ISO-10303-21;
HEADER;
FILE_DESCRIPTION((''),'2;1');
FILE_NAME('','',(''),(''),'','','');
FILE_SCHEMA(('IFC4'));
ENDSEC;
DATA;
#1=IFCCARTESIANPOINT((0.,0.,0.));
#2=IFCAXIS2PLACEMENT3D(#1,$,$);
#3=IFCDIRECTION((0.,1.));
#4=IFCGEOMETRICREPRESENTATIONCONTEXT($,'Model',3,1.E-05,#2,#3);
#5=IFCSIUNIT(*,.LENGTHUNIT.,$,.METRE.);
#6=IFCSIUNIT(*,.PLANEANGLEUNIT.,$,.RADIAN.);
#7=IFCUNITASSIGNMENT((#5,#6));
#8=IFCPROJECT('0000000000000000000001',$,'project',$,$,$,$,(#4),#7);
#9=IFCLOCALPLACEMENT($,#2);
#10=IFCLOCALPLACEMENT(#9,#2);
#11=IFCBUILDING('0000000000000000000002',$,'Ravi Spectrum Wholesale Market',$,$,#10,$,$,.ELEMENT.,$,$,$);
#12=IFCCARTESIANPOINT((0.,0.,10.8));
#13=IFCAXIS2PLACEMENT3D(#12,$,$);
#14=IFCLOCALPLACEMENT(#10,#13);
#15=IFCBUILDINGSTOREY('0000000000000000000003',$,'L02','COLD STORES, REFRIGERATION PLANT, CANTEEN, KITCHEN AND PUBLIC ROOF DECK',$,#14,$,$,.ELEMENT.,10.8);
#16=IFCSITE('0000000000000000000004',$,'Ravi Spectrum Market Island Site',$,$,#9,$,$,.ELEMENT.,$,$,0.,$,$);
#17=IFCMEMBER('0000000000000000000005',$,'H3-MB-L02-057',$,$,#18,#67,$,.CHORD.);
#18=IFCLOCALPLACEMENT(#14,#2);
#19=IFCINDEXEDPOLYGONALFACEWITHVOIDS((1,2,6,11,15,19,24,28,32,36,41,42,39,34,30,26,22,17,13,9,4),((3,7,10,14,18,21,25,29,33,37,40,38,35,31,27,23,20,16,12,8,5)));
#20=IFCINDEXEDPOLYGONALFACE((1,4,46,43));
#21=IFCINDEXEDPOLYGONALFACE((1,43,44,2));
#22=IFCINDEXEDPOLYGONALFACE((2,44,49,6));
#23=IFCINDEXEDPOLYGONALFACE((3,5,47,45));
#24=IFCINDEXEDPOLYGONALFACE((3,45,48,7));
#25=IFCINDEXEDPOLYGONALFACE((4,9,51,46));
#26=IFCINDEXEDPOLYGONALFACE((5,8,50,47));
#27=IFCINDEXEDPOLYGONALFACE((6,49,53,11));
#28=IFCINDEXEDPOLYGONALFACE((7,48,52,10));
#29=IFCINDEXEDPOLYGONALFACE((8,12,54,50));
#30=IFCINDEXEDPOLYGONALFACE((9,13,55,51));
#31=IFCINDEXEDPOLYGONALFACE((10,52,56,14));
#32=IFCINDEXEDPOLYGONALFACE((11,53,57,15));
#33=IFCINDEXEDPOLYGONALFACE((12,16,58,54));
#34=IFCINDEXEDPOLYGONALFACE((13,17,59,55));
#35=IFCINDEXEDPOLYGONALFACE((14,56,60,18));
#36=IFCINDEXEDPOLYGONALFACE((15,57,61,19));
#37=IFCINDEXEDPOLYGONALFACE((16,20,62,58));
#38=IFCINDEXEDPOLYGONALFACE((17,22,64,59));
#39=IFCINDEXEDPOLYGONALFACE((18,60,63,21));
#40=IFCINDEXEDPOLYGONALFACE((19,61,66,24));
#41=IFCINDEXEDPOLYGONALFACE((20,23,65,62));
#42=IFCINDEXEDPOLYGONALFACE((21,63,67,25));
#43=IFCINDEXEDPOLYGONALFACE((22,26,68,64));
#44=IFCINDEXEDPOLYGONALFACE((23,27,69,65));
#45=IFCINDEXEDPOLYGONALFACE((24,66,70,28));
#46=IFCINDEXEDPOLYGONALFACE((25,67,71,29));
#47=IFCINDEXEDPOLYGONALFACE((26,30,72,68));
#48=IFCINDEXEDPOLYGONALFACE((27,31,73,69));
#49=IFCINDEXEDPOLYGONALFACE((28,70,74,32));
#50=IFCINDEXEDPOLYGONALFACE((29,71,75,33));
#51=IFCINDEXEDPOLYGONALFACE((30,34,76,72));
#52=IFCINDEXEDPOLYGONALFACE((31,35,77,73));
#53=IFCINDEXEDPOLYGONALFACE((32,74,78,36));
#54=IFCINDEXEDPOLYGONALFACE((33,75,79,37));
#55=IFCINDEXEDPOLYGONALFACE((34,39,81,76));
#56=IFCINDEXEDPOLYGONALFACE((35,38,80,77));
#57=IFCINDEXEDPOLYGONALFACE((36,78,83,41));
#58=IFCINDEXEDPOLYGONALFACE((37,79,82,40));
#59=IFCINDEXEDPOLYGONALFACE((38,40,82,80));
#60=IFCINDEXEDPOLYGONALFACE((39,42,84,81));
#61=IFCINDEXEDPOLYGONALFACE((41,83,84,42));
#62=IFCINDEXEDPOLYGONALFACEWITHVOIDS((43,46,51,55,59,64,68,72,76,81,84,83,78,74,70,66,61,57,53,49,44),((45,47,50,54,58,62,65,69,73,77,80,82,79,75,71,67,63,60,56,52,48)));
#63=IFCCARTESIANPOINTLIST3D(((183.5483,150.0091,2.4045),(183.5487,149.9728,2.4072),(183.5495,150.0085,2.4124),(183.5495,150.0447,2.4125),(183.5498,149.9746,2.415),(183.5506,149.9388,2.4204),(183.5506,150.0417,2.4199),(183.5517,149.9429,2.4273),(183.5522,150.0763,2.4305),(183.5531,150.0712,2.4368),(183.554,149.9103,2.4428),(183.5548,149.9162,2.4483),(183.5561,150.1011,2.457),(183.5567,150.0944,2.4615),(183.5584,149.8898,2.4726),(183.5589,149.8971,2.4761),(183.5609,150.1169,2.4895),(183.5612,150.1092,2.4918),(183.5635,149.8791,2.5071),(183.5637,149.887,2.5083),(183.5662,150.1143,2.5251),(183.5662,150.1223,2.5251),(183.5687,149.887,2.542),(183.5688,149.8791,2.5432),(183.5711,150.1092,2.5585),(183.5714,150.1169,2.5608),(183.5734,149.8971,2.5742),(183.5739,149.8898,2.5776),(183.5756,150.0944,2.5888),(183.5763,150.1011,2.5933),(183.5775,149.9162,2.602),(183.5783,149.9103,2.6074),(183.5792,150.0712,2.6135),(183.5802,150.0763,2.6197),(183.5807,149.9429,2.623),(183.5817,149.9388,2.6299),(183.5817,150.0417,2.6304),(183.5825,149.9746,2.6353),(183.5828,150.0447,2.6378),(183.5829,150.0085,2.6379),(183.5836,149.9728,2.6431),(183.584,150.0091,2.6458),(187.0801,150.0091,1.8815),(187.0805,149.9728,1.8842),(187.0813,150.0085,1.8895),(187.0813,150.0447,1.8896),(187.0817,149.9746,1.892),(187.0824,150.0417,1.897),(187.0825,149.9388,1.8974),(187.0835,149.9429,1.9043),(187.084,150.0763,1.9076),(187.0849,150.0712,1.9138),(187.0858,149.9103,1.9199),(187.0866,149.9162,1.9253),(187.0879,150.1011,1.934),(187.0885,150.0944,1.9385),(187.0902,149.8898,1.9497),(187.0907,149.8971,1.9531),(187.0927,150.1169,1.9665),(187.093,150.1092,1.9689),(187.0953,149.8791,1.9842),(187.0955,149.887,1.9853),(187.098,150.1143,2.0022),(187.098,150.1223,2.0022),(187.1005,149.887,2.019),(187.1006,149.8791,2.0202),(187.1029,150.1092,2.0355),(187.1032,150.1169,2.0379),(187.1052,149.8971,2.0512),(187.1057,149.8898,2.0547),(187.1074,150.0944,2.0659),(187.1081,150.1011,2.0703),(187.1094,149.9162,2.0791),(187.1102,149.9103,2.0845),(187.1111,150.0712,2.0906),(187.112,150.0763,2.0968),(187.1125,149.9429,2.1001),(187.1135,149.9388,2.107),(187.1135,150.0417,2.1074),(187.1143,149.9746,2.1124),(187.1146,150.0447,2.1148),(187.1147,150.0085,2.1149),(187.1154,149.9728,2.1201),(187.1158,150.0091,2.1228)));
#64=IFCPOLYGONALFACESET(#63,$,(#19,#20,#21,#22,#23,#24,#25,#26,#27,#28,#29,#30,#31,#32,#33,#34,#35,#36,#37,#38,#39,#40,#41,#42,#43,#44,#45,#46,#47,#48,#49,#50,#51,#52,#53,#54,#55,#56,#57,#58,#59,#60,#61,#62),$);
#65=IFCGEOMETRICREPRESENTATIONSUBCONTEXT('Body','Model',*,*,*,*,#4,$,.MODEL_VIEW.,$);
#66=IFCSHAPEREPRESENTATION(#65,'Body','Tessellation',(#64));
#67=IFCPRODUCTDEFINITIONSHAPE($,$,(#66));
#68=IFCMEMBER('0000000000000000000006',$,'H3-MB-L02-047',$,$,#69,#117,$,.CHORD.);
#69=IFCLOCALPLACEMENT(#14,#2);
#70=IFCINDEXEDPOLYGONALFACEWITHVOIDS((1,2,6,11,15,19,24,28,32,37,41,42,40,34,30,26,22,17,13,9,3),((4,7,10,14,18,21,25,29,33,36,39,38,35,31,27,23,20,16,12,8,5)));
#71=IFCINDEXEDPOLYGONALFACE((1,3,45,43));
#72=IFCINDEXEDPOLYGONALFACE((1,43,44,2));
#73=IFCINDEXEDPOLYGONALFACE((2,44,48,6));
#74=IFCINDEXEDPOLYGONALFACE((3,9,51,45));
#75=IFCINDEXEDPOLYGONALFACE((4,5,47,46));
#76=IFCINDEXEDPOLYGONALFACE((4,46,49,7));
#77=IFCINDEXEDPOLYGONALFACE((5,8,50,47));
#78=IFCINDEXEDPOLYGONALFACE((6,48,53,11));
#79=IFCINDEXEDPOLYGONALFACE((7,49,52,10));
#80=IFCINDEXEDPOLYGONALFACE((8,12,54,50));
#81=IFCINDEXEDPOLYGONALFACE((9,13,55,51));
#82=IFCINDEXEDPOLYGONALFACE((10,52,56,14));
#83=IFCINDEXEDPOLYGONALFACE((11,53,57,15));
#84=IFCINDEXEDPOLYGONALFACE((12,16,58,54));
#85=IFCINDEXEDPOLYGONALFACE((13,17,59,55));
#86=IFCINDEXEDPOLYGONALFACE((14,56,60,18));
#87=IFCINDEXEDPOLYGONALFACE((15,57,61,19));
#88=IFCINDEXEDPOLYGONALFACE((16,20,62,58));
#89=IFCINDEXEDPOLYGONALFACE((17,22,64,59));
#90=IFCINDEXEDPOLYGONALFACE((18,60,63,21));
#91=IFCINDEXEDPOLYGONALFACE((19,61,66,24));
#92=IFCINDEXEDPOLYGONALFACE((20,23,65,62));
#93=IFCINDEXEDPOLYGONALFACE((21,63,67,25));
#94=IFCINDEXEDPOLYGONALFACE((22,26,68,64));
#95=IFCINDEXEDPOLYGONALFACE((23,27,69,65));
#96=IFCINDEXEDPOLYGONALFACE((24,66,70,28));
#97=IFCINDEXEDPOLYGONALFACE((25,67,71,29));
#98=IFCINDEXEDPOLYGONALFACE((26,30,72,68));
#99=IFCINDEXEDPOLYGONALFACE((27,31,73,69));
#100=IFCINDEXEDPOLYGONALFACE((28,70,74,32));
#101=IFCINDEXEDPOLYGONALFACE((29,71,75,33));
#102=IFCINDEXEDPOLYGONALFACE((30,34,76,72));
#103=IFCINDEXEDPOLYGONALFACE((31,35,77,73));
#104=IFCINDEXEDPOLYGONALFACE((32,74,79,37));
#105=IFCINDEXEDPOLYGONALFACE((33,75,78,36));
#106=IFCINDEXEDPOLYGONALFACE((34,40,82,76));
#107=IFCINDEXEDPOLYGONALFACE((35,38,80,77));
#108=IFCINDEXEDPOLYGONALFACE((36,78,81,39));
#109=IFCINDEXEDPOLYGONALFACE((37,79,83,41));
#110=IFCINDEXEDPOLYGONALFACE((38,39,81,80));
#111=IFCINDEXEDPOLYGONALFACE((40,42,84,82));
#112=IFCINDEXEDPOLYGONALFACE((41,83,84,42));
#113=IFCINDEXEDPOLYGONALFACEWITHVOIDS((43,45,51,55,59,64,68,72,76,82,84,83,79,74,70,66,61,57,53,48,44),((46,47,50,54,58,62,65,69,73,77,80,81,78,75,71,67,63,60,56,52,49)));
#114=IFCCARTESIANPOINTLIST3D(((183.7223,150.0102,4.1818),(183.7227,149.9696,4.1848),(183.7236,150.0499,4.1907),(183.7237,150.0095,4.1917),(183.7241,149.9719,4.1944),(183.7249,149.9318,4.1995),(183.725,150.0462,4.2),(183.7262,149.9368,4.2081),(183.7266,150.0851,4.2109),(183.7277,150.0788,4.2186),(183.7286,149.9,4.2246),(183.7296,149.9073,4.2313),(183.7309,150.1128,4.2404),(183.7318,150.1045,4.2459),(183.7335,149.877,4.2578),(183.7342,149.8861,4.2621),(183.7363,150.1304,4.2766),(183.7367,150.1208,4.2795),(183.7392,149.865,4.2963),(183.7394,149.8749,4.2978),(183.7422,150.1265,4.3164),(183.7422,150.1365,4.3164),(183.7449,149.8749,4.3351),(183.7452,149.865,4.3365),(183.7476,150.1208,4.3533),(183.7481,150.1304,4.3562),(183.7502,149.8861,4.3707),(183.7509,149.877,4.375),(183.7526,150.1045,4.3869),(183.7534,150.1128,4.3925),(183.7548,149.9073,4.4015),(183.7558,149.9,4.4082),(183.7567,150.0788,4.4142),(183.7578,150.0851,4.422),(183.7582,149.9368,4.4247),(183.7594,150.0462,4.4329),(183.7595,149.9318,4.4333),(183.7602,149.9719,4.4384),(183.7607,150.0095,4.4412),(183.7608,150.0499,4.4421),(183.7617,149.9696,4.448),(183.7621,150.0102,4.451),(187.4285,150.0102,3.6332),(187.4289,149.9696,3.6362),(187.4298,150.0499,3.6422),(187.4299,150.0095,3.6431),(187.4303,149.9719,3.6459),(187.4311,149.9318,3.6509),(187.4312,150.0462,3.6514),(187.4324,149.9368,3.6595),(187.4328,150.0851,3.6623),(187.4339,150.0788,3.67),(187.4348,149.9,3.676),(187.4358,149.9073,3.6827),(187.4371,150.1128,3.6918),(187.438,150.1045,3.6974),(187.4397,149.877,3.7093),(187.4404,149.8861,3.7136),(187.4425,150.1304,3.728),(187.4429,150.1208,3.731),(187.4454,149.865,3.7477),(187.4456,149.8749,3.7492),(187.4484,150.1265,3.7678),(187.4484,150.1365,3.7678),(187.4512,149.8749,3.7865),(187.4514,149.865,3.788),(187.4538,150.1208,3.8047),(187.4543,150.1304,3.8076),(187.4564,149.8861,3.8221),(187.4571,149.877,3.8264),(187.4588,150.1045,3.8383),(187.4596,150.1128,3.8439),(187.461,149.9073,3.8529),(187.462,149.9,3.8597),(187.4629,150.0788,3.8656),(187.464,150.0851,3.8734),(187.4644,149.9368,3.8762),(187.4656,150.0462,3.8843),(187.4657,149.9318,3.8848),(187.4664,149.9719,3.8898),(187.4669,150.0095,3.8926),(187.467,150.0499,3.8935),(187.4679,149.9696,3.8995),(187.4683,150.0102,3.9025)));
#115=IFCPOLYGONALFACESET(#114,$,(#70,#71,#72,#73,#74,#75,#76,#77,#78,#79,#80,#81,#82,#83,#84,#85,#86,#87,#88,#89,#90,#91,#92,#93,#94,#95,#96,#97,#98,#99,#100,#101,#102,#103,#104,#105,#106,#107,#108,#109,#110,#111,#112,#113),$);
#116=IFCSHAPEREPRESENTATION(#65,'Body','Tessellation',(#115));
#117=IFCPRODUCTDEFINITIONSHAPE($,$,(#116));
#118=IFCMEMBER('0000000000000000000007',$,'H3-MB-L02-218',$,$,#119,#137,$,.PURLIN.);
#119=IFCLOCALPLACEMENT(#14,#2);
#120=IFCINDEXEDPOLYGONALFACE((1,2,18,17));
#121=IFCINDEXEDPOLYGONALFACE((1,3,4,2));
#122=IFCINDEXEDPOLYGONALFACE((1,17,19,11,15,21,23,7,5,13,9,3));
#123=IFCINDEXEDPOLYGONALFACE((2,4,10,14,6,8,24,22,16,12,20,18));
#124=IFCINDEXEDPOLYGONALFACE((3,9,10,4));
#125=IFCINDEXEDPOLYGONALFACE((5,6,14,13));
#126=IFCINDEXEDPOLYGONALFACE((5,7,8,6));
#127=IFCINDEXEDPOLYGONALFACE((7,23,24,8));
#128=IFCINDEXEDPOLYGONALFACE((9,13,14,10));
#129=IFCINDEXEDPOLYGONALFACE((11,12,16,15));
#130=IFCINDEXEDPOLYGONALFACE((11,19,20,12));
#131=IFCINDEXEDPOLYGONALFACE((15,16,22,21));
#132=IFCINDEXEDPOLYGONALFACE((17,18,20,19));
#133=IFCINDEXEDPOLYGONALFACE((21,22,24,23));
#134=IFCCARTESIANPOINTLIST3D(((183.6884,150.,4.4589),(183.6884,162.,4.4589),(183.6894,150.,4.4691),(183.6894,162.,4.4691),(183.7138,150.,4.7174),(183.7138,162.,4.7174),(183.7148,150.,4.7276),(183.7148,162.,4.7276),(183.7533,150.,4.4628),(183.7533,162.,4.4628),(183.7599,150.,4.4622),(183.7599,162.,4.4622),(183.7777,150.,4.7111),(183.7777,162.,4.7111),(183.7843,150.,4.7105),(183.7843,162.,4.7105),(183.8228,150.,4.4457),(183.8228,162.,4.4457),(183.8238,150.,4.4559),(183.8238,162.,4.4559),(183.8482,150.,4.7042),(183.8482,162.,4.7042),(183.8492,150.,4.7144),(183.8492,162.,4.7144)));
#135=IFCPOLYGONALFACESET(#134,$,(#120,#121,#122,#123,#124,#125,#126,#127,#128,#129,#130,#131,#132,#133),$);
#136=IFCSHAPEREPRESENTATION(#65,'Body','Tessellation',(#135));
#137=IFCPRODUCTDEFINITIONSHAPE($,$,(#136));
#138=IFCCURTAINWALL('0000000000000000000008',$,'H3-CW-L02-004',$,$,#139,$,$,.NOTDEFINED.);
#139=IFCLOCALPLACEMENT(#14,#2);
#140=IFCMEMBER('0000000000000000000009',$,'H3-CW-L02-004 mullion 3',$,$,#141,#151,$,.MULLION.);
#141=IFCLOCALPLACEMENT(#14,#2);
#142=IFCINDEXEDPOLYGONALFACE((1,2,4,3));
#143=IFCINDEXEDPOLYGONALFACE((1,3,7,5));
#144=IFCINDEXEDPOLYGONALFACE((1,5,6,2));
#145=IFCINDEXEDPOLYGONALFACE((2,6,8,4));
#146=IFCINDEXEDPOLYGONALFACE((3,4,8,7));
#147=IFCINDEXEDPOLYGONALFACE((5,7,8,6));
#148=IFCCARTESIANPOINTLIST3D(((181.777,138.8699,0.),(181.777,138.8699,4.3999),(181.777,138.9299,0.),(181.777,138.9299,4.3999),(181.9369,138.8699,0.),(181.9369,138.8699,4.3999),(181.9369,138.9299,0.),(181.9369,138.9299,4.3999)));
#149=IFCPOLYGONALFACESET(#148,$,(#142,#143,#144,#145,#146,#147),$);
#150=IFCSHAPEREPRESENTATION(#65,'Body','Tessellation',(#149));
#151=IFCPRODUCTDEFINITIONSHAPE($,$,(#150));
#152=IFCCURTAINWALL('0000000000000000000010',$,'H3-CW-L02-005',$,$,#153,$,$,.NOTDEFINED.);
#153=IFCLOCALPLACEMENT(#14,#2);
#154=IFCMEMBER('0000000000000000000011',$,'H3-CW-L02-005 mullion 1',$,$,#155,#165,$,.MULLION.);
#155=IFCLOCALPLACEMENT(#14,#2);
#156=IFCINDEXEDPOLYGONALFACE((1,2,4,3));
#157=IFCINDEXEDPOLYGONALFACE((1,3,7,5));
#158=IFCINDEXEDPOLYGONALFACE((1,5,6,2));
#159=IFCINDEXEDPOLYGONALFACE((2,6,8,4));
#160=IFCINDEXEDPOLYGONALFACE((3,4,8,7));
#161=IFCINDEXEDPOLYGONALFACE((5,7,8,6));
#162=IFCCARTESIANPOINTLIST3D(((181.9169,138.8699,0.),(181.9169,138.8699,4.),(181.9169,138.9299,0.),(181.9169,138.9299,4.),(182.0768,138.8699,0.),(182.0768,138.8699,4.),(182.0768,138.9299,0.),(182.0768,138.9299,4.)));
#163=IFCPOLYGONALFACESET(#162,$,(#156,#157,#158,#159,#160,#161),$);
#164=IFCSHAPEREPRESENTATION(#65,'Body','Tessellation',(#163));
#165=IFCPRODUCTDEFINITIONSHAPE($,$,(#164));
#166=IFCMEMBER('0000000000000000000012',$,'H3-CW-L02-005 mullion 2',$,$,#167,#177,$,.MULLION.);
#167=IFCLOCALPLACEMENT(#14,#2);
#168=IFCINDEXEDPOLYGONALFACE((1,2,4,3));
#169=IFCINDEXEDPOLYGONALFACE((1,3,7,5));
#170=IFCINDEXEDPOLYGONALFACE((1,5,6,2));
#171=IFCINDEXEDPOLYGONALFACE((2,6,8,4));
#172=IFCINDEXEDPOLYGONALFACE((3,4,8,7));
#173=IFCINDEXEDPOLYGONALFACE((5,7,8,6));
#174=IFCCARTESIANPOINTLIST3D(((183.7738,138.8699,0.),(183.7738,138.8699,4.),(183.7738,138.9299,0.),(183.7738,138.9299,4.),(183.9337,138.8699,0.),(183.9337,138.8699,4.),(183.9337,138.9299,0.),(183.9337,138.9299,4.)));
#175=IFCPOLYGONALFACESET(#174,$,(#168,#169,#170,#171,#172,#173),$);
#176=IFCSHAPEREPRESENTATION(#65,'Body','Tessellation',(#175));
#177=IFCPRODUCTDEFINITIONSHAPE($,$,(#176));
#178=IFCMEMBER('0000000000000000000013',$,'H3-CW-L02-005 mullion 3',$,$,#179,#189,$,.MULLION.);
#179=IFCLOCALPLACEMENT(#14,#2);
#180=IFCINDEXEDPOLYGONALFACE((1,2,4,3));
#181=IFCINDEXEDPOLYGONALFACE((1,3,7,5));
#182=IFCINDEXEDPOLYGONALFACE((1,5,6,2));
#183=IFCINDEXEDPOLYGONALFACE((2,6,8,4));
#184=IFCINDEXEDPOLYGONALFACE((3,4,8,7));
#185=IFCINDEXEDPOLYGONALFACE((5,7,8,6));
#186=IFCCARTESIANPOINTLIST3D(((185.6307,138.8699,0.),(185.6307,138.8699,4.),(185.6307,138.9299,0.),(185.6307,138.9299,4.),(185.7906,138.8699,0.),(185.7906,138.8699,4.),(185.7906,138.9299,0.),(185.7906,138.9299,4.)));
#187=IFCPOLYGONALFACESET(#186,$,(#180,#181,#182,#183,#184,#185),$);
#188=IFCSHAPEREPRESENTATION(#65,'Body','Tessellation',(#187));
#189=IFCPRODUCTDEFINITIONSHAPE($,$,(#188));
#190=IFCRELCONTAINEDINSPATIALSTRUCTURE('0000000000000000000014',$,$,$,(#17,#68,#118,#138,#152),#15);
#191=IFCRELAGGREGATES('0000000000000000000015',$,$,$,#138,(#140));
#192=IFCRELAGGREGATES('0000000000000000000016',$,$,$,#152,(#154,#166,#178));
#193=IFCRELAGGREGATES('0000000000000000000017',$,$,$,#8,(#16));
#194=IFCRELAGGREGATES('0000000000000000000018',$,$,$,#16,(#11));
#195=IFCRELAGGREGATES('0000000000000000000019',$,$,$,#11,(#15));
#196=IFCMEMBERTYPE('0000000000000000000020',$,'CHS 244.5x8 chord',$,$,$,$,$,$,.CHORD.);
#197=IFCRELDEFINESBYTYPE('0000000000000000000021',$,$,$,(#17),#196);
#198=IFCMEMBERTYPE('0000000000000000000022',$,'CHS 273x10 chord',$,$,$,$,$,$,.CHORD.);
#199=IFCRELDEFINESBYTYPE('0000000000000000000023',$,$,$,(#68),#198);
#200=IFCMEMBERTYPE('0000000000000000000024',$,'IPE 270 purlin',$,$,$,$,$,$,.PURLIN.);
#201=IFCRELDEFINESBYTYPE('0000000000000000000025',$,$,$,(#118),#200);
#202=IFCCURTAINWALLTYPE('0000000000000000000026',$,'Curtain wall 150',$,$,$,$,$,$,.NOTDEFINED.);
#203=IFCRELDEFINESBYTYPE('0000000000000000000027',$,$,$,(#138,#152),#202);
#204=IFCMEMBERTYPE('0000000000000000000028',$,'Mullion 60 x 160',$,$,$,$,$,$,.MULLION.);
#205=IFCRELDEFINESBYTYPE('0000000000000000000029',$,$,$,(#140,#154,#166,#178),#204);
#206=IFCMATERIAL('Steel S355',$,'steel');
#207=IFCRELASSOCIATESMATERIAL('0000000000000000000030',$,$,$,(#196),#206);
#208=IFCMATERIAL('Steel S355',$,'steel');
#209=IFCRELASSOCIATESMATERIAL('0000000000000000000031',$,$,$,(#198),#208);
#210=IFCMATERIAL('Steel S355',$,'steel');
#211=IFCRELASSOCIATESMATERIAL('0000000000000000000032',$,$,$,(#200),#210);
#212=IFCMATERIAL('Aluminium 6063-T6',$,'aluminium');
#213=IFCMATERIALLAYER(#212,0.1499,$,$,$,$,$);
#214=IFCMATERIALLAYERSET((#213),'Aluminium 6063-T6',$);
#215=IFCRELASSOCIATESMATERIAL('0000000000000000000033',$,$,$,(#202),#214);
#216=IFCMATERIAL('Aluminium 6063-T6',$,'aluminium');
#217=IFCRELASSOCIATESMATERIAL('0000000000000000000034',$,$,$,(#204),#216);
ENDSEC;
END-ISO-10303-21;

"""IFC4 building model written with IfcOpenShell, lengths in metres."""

from ifc_helpers import new_model, si_unit, direction, frame, origin, origin_2d, place, context, subcontext, project, spatial, rectangle, hollow_circle, i_section, extrude, material, layer, layer_set, material_profile, profile_set, type_object, element, aggregate, save


model = new_model("IFC4")

# Units and contexts
model_context = context("Model", 3, precision=1e-05, world=origin(), true_north=direction((0.0, 1.0)))
body_context = subcontext(model_context, "Body", "Model", "MODEL_VIEW")
ifc_project = project(units=[si_unit("LENGTHUNIT", "METRE"), si_unit("PLANEANGLEUNIT", "RADIAN")], contexts=[model_context])

# Site, building, storey
site_placement = place(None, origin())
site = spatial("IfcSite", under=ifc_project, at=site_placement, Name="Ravi Spectrum Market Island Site", CompositionType="ELEMENT", RefElevation=0.0)
building_placement = place(site_placement, origin())
building = spatial("IfcBuilding", under=site, at=building_placement, Name="Ravi Spectrum Wholesale Market", CompositionType="ELEMENT")
storey_placement = place(building_placement, frame((0.0, 0.0, 10.8)))
storey = spatial("IfcBuildingStorey", under=building, at=storey_placement, Name="L02", Description="COLD STORES, REFRIGERATION PLANT, CANTEEN, KITCHEN AND PUBLIC ROOF DECK", CompositionType="ELEMENT", Elevation=10.8)

# Members
ifc_material_1 = material(Name="Steel S355", Category="steel")
ifc_material_profile_1 = material_profile(ifc_material_1, hollow_circle(Radius=0.1223, WallThickness=0.0081, at=origin_2d()))
ifc_profile_set_1 = profile_set([ifc_material_profile_1], Name="Steel S355")
member_type_1 = type_object("IfcMemberType", Name="CHS 244.5x8 chord", PredefinedType="CHORD", material=ifc_profile_set_1)
member_1_placement = place(storey_placement, frame((183.5662, 150.0, 2.5251), z_axis=(0.989214, 0.0, -0.146474), x_axis=(0.0, 1.0, 0.0)))
element("IfcMember", 1, at=member_1_placement, inside=storey, type_object=member_type_1, Name="H3-MB-L02-057", PredefinedType="CHORD", context=body_context, shape_type="SweptSolid", body=[
    extrude(hollow_circle(Radius=0.1223, WallThickness=0.0081, at=origin_2d()), origin(), (0.0, 0.0, 1.0), 3.5703),
])
ifc_material_2 = material(Name="Steel S355", Category="steel")
ifc_material_profile_2 = material_profile(ifc_material_2, hollow_circle(Radius=0.1365, WallThickness=0.01, at=origin_2d()))
ifc_profile_set_2 = profile_set([ifc_material_profile_2], Name="Steel S355")
member_type_2 = type_object("IfcMemberType", Name="CHS 273x10 chord", PredefinedType="CHORD", material=ifc_profile_set_2)
member_2_placement = place(storey_placement, frame((183.7422, 150.0, 4.3164), z_axis=(0.989223, 0.0, -0.146419), x_axis=(0.0, 1.0, 0.0)))
element("IfcMember", 2, at=member_2_placement, inside=storey, type_object=member_type_2, Name="H3-MB-L02-047", PredefinedType="CHORD", context=body_context, shape_type="SweptSolid", body=[
    extrude(hollow_circle(Radius=0.1365, WallThickness=0.01, at=origin_2d()), origin(), (0.0, 0.0, 1.0), 3.7466),
])
ifc_material_3 = material(Name="Steel S355", Category="steel")
ifc_material_profile_3 = material_profile(ifc_material_3, i_section(OverallWidth=0.135, OverallDepth=0.27, WebThickness=0.0066, FlangeThickness=0.0103, at=origin_2d()))
ifc_profile_set_3 = profile_set([ifc_material_profile_3], Name="Steel S355")
member_type_3 = type_object("IfcMemberType", Name="IPE 270 purlin", PredefinedType="PURLIN", material=ifc_profile_set_3)
member_3_placement = place(storey_placement, frame((183.7688, 150.0, 4.5867), z_axis=(0.0, 1.0, 0.0), x_axis=(-0.995203, 0.0, 0.097835)))
element("IfcMember", 3, at=member_3_placement, inside=storey, type_object=member_type_3, Name="H3-MB-L02-218", PredefinedType="PURLIN", context=body_context, shape_type="SweptSolid", body=[
    extrude(i_section(OverallWidth=0.135, OverallDepth=0.27, WebThickness=0.0066, FlangeThickness=0.0103, at=origin_2d()), origin(), (0.0, 0.0, 1.0), 12.0),
])

# Curtain wall, member
ifc_material_4 = material(Name="Aluminium 6063-T6", Category="aluminium")
ifc_layer_1 = layer(ifc_material_4, 0.1499)
ifc_layer_set_1 = layer_set([ifc_layer_1], Name="Aluminium 6063-T6")
curtain_wall_type = type_object("IfcCurtainWallType", Name="Curtain wall 150", PredefinedType="NOTDEFINED", material=ifc_layer_set_1)
curtain_wall_1_placement = place(storey_placement, origin())
curtain_wall_1 = element("IfcCurtainWall", 4, at=curtain_wall_1_placement, inside=storey, type_object=curtain_wall_type, Name="H3-CW-L02-004", PredefinedType="NOTDEFINED")
ifc_material_5 = material(Name="Aluminium 6063-T6", Category="aluminium")
ifc_material_profile_4 = material_profile(ifc_material_5, rectangle(XDim=0.0601, YDim=0.1599, at=origin_2d()))
ifc_profile_set_4 = profile_set([ifc_material_profile_4], Name="Aluminium 6063-T6")
member_type_4 = type_object("IfcMemberType", Name="Mullion 60 x 160", PredefinedType="MULLION", material=ifc_profile_set_4)
member_4_placement = place(storey_placement, frame((181.8569, 138.8999, 0.0), z_axis=(0.0, 0.0, 1.0), x_axis=(0.0, 1.0, 0.0)))
member_4 = element("IfcMember", 5, at=member_4_placement, type_object=member_type_4, Name="H3-CW-L02-004 mullion 3", PredefinedType="MULLION", context=body_context, shape_type="SweptSolid", body=[
    extrude(rectangle(XDim=0.0601, YDim=0.1599, at=origin_2d()), origin(), (0.0, 0.0, 1.0), 4.3999),
])

# Curtain wall, members
curtain_wall_2_placement = place(storey_placement, origin())
curtain_wall_2 = element("IfcCurtainWall", 6, at=curtain_wall_2_placement, inside=storey, type_object=curtain_wall_type, Name="H3-CW-L02-005", PredefinedType="NOTDEFINED")
member_5_placement = place(storey_placement, frame((181.9968, 138.8999, 0.0), z_axis=(0.0, 0.0, 1.0), x_axis=(0.0, 1.0, 0.0)))
member_5 = element("IfcMember", 7, at=member_5_placement, type_object=member_type_4, Name="H3-CW-L02-005 mullion 1", PredefinedType="MULLION", context=body_context, shape_type="SweptSolid", body=[
    extrude(rectangle(XDim=0.0601, YDim=0.1599, at=origin_2d()), origin(), (0.0, 0.0, 1.0), 4.0),
])
member_6_placement = place(storey_placement, frame((183.8538, 138.8999, 0.0), z_axis=(0.0, 0.0, 1.0), x_axis=(0.0, 1.0, 0.0)))
member_6 = element("IfcMember", 8, at=member_6_placement, type_object=member_type_4, Name="H3-CW-L02-005 mullion 2", PredefinedType="MULLION", context=body_context, shape_type="SweptSolid", body=[
    extrude(rectangle(XDim=0.0601, YDim=0.1599, at=origin_2d()), origin(), (0.0, 0.0, 1.0), 4.0),
])
member_7_placement = place(storey_placement, frame((185.7107, 138.8999, 0.0), z_axis=(0.0, 0.0, 1.0), x_axis=(0.0, 1.0, 0.0)))
member_7 = element("IfcMember", 9, at=member_7_placement, type_object=member_type_4, Name="H3-CW-L02-005 mullion 3", PredefinedType="MULLION", context=body_context, shape_type="SweptSolid", body=[
    extrude(rectangle(XDim=0.0601, YDim=0.1599, at=origin_2d()), origin(), (0.0, 0.0, 1.0), 4.0),
])

aggregate(curtain_wall_1, [member_4])
aggregate(curtain_wall_2, [member_5, member_6, member_7])

save(model, "model.ifc")
